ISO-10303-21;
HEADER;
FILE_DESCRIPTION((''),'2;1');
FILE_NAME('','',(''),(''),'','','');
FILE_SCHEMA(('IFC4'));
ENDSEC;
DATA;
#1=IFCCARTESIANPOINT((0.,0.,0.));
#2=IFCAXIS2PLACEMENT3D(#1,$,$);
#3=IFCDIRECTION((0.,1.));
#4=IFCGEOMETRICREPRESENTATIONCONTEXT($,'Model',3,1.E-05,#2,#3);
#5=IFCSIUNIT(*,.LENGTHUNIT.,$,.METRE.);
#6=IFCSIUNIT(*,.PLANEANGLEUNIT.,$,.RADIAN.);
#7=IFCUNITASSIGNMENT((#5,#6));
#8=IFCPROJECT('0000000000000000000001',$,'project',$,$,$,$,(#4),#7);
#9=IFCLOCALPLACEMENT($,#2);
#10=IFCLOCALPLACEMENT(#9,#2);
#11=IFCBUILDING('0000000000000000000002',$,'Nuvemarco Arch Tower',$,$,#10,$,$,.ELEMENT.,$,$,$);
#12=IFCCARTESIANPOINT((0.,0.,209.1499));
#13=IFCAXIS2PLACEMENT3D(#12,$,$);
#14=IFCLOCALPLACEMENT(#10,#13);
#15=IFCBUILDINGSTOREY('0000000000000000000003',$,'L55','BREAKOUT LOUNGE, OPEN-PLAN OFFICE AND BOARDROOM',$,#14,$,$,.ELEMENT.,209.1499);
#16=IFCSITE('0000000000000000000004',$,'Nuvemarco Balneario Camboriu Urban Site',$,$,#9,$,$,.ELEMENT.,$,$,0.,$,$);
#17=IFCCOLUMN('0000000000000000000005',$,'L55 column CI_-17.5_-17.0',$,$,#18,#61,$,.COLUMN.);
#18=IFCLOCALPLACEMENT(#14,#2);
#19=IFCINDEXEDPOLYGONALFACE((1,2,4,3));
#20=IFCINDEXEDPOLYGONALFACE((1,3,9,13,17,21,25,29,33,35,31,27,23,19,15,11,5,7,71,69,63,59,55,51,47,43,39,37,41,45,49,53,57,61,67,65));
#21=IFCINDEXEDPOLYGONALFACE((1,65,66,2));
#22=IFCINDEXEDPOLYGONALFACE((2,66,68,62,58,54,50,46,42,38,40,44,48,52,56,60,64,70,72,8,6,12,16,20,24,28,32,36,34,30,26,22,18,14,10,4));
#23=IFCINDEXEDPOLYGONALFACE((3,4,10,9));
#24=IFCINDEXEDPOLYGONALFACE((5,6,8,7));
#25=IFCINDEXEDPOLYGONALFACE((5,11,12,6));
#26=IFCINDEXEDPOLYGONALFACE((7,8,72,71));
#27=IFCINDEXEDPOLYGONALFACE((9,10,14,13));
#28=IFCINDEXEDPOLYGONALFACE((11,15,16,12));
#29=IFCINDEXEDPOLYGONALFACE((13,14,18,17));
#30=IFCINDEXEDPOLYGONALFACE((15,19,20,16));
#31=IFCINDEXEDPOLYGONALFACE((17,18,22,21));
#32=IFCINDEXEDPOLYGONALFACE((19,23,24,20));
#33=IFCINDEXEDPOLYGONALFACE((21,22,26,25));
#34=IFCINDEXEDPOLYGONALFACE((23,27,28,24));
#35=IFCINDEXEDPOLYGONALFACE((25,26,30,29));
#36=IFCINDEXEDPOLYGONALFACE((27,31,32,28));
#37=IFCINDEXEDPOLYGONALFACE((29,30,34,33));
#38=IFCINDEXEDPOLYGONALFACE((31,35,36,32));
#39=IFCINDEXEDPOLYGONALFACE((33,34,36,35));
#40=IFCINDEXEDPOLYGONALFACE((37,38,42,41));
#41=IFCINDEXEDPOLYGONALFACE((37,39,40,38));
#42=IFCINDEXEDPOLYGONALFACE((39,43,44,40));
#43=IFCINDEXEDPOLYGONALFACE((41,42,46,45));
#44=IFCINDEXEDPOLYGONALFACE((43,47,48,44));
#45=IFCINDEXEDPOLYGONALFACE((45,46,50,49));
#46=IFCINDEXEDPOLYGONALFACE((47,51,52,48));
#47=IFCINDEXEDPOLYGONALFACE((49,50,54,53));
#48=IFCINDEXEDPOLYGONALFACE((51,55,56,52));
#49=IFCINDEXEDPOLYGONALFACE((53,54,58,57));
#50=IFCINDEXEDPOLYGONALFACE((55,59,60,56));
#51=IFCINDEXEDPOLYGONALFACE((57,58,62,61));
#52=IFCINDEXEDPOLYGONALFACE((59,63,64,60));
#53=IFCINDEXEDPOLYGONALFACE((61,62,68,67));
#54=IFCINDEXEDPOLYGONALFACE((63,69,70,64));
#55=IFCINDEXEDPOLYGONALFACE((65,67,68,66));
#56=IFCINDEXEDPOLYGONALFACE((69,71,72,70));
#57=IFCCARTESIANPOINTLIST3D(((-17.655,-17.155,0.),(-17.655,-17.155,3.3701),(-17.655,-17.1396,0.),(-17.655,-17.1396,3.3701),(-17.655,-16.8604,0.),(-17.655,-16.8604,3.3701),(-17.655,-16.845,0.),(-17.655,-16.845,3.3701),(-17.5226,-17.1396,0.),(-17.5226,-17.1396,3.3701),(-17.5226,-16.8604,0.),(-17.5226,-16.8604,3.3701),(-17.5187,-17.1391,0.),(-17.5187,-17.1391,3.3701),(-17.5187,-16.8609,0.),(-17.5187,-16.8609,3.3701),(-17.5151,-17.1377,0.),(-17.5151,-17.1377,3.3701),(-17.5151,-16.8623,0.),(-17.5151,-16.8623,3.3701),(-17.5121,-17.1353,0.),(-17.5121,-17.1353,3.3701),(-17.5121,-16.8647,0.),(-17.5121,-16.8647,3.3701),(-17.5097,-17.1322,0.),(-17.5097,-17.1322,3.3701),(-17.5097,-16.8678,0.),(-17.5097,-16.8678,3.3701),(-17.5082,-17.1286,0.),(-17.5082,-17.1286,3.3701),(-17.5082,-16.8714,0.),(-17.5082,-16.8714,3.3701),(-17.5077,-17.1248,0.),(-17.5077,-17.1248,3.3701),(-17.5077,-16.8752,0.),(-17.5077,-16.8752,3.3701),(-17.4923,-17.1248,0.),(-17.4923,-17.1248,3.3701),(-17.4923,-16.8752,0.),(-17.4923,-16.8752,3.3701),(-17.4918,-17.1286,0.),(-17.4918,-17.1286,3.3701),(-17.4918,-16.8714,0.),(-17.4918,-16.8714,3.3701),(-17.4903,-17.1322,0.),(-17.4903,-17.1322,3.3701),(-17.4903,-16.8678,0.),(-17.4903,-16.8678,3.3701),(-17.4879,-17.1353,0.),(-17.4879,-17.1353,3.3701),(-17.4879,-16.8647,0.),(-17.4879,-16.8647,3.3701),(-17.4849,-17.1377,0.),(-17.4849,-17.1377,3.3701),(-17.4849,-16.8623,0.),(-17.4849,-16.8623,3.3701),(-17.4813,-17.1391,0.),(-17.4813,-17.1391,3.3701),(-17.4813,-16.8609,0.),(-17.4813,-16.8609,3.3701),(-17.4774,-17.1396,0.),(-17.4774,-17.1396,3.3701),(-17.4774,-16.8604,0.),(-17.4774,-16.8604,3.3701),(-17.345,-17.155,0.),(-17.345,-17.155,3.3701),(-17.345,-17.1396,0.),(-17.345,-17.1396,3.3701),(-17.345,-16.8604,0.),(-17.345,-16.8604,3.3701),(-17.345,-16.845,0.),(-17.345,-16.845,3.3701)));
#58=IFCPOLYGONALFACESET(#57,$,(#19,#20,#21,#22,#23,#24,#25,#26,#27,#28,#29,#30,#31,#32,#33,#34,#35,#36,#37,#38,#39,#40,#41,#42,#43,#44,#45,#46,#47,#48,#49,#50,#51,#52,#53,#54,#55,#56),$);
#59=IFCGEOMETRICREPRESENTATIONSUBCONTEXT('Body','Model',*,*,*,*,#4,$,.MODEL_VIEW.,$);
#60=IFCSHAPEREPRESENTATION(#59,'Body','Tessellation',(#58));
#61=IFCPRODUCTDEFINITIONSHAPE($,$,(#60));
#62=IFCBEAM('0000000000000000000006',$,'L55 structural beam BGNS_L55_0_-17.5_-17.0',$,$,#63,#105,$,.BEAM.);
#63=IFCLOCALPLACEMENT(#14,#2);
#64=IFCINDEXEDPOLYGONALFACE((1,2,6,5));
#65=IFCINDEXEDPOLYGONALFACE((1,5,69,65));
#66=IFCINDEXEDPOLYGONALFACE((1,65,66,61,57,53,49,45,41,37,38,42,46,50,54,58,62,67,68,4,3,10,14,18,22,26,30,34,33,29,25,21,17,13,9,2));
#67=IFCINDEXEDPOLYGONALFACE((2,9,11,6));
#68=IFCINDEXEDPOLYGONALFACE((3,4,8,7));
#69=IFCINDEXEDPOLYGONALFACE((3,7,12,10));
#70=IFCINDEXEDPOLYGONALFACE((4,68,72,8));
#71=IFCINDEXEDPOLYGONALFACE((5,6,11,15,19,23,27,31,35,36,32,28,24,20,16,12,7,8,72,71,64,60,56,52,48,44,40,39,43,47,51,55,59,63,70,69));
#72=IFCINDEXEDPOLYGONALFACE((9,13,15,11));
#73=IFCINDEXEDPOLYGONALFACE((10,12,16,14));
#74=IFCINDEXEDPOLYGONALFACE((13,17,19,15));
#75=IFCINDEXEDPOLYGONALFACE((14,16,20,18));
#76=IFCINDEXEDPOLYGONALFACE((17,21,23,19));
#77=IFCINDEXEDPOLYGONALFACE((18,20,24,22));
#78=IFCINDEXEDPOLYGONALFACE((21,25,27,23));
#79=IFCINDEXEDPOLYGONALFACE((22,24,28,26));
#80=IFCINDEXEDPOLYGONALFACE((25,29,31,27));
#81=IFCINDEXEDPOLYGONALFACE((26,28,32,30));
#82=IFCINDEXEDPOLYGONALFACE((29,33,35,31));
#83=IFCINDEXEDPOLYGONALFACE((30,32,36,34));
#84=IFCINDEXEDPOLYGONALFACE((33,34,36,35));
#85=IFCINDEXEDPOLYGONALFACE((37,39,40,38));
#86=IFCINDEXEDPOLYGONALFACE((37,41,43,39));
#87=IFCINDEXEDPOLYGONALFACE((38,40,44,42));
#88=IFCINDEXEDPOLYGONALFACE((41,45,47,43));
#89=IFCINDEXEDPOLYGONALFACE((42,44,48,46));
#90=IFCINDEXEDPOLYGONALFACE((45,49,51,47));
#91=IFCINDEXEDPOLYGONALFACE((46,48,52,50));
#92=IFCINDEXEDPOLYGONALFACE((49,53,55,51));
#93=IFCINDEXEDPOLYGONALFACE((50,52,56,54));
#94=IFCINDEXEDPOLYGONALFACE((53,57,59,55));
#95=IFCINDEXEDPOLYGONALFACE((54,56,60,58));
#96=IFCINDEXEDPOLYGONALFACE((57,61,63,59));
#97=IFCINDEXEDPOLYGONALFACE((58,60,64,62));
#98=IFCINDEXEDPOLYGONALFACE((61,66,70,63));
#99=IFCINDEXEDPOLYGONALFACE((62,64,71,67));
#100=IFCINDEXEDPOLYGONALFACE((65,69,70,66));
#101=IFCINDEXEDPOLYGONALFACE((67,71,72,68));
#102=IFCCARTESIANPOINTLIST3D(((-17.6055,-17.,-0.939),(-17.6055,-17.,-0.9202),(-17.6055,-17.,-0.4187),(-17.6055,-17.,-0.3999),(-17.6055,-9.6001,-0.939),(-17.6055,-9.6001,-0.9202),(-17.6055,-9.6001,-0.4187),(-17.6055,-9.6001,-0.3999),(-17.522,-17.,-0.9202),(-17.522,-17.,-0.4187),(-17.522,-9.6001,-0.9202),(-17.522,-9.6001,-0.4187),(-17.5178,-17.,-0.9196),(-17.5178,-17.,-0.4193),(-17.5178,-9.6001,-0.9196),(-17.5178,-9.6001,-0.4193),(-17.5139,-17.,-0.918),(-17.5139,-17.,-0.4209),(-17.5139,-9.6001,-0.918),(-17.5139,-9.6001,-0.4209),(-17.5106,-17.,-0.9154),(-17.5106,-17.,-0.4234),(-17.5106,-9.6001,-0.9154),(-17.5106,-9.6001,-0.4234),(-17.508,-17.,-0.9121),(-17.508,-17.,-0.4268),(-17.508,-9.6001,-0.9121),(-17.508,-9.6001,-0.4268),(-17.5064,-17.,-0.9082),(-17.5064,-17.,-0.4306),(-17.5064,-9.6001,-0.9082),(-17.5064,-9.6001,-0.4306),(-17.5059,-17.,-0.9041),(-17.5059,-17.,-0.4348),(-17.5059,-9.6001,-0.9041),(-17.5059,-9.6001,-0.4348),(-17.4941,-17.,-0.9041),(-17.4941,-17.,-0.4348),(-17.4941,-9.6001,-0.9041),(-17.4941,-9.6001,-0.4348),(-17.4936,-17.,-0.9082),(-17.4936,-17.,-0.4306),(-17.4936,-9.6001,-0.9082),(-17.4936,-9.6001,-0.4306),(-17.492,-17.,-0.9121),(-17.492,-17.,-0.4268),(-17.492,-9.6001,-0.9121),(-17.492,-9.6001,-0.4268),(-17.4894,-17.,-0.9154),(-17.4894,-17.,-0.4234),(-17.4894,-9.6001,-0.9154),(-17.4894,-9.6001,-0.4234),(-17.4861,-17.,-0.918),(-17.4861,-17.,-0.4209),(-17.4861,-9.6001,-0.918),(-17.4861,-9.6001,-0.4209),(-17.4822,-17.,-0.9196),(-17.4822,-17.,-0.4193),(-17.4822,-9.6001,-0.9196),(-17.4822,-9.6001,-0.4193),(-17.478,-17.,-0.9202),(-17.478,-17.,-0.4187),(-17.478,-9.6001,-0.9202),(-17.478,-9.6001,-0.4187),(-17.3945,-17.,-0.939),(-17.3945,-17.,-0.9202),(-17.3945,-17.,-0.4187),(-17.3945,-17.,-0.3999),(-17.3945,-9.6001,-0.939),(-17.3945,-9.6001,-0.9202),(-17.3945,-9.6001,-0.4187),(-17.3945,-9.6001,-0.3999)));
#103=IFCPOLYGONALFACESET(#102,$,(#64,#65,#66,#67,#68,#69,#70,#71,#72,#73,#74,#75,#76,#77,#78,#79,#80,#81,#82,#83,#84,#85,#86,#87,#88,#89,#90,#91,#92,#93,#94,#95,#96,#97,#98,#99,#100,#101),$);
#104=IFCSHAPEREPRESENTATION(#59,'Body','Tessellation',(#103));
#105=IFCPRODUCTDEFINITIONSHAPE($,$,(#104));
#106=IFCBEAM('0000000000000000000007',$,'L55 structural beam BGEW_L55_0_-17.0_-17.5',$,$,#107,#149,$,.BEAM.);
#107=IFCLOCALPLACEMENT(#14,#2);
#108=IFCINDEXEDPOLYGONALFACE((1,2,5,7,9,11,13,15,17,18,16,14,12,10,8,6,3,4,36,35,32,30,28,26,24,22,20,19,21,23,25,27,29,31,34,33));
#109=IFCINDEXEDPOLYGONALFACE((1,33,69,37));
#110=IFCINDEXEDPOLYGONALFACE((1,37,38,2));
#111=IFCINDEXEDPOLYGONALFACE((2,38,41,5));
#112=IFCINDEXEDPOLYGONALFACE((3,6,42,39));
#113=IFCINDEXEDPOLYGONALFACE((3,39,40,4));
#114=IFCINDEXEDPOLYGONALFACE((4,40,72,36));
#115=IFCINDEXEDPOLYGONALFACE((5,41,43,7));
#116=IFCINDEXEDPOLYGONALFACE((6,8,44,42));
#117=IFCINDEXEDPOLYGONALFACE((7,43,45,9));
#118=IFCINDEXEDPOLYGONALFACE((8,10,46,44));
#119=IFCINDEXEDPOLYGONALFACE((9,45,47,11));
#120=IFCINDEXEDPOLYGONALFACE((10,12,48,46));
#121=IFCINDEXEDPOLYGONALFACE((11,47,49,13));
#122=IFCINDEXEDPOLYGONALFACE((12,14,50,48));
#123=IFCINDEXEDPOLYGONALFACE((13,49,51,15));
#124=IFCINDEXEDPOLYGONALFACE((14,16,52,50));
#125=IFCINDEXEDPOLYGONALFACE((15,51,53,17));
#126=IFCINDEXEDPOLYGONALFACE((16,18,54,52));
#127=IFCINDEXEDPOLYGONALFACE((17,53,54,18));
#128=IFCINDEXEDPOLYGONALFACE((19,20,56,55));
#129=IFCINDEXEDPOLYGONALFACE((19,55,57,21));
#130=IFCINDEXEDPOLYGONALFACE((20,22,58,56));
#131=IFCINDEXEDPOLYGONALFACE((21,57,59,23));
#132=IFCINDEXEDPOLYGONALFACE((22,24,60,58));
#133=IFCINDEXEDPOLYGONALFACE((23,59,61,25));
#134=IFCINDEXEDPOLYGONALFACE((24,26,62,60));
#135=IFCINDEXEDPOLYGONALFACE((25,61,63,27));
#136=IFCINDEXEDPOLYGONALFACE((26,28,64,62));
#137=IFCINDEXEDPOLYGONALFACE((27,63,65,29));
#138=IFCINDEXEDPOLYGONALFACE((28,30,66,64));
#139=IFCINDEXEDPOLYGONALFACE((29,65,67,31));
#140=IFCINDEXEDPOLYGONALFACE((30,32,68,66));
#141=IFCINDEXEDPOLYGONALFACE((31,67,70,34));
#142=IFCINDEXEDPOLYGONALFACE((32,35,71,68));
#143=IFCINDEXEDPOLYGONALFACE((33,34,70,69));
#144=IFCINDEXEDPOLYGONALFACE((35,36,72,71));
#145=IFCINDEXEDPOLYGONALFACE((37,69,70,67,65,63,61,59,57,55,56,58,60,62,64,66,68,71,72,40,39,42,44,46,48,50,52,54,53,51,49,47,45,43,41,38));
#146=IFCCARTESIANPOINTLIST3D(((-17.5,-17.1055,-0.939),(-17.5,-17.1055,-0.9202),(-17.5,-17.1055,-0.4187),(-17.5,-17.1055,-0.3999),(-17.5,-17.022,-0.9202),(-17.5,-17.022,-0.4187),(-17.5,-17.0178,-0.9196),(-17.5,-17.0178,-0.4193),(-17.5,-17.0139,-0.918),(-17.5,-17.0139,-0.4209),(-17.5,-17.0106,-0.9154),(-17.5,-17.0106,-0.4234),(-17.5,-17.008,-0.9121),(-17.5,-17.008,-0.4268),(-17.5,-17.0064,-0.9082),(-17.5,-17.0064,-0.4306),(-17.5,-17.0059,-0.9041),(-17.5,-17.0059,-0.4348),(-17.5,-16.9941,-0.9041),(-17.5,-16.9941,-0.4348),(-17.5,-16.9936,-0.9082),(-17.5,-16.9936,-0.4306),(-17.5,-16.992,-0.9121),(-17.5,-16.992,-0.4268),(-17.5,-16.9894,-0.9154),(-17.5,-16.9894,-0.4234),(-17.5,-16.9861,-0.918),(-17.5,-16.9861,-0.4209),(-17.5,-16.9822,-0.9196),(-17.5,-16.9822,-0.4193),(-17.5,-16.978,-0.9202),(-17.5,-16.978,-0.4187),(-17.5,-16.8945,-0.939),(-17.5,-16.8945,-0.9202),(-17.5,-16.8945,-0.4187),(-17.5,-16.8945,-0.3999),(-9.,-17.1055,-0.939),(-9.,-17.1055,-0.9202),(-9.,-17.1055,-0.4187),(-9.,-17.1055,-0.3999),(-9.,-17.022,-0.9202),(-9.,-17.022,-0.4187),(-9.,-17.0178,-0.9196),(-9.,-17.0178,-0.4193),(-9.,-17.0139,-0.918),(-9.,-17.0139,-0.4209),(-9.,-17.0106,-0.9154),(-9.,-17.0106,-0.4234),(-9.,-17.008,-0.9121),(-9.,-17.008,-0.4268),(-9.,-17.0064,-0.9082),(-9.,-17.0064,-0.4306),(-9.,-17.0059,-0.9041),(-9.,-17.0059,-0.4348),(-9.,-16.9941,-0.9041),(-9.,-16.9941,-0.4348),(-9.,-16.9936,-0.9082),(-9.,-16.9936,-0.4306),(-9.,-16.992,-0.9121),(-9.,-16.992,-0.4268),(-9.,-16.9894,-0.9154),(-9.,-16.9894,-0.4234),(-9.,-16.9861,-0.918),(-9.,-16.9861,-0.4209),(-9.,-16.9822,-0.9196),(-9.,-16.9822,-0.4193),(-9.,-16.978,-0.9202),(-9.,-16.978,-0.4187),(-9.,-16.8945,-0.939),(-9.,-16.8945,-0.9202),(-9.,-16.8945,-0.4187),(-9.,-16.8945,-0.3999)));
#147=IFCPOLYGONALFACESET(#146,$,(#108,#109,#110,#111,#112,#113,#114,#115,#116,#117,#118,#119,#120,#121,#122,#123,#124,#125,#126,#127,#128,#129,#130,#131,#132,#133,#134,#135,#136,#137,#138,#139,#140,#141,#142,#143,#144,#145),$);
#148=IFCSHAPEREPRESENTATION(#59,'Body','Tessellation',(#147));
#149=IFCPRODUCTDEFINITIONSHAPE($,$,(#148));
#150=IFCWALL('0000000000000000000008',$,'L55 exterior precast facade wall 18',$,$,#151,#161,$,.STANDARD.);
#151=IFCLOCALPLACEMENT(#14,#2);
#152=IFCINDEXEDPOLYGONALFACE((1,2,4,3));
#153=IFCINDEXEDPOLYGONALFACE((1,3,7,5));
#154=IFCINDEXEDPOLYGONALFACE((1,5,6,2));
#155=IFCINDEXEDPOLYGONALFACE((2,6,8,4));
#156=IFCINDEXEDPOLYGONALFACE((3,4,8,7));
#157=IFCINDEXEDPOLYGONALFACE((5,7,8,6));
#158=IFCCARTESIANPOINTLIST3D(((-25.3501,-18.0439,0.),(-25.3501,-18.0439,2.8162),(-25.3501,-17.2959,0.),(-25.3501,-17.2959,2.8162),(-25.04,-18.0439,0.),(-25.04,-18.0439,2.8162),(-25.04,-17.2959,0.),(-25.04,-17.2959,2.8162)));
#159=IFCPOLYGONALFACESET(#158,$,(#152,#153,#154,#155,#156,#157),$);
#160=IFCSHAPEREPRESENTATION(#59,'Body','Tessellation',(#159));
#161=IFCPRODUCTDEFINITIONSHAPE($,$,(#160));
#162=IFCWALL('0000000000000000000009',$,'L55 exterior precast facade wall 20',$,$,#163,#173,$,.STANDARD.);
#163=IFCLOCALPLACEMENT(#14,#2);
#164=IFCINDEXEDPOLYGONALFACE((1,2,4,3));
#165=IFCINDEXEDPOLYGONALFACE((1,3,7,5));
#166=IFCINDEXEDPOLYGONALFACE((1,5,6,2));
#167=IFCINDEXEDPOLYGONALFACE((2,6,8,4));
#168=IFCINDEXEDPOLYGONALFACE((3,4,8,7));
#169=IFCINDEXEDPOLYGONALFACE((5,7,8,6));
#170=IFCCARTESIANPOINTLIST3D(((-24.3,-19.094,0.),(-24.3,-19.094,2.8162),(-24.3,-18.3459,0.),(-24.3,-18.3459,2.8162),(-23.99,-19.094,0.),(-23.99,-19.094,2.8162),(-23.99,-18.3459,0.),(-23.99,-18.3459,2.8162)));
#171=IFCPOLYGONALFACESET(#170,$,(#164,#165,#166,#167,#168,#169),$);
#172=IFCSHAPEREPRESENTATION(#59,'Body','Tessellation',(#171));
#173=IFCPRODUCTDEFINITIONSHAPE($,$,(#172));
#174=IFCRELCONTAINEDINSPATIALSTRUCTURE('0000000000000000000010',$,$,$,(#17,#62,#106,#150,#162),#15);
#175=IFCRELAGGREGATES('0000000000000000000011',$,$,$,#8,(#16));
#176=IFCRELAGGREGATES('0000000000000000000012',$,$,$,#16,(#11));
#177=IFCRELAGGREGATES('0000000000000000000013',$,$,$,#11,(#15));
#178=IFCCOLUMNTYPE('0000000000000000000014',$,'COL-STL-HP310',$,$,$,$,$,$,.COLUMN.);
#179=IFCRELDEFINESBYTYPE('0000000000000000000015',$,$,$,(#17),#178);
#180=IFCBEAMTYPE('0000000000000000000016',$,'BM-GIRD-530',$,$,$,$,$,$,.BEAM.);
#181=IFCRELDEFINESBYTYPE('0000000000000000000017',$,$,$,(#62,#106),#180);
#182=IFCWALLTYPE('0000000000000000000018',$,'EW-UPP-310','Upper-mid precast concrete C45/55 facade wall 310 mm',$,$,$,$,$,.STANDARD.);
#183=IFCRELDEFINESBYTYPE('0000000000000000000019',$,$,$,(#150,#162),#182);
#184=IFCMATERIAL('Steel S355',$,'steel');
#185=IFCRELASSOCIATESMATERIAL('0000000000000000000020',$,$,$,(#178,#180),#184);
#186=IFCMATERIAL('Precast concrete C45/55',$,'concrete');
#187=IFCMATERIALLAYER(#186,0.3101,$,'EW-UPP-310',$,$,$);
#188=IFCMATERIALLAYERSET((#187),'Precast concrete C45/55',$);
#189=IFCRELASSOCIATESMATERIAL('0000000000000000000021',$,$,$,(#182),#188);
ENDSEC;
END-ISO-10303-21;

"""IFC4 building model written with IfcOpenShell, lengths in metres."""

from ifc_helpers import new_model, si_unit, direction, frame, frame_2d, origin, origin_2d, place, context, subcontext, project, spatial, rectangle, i_section, extrude, material, layer, layer_set, material_profile, profile_set, type_object, element, save


model = new_model("IFC4")

# Units and contexts
model_context = context("Model", 3, precision=1e-05, world=origin(), true_north=direction((0.0, 1.0)))
body_context = subcontext(model_context, "Body", "Model", "MODEL_VIEW")
ifc_project = project(units=[si_unit("LENGTHUNIT", "METRE"), si_unit("PLANEANGLEUNIT", "RADIAN")], contexts=[model_context])

# Site, building, storey
site_placement = place(None, origin())
site = spatial("IfcSite", under=ifc_project, at=site_placement, Name="Nuvemarco Balneario Camboriu Urban Site", CompositionType="ELEMENT", RefElevation=0.0)
building_placement = place(site_placement, origin())
building = spatial("IfcBuilding", under=site, at=building_placement, Name="Nuvemarco Arch Tower", CompositionType="ELEMENT")
storey_placement = place(building_placement, frame((0.0, 0.0, 209.1499)))
storey = spatial("IfcBuildingStorey", under=building, at=storey_placement, Name="L55", Description="BREAKOUT LOUNGE, OPEN-PLAN OFFICE AND BOARDROOM", CompositionType="ELEMENT", Elevation=209.1499)

# Column
ifc_material_1 = material(Name="Steel S355", Category="steel")
ifc_material_profile_1 = material_profile(ifc_material_1, i_section(OverallWidth=0.3101, OverallDepth=0.3101, WebThickness=0.0154, FlangeThickness=0.0154, FilletRadius=0.0149, at=origin_2d()), Name="HP310x110")
ifc_profile_set_1 = profile_set([ifc_material_profile_1], Name="Steel S355")
column_type = type_object("IfcColumnType", Name="COL-STL-HP310", PredefinedType="COLUMN", material=ifc_profile_set_1)
column_placement = place(storey_placement, frame((-17.5, -17.0, 0.0), z_axis=(0.0, 0.0, 1.0), x_axis=(1.0, 0.0, 0.0)))
element("IfcColumn", 1, at=column_placement, inside=storey, type_object=column_type, Name="L55 column CI_-17.5_-17.0", PredefinedType="COLUMN", context=body_context, shape_type="SweptSolid", body=[
    extrude(i_section(OverallWidth=0.3101, OverallDepth=0.3101, WebThickness=0.0154, FlangeThickness=0.0154, FilletRadius=0.0149, at=origin_2d()), origin(), (0.0, 0.0, 1.0), 3.3701),
])

# Beams
ifc_material_profile_2 = material_profile(ifc_material_1, i_section(OverallWidth=0.2109, OverallDepth=0.5391, WebThickness=0.0117, FlangeThickness=0.0188, FilletRadius=0.0161, at=origin_2d()), Name="W530x109")
ifc_profile_set_2 = profile_set([ifc_material_profile_2], Name="Steel S355")
beam_type = type_object("IfcBeamType", Name="BM-GIRD-530", PredefinedType="BEAM", material=ifc_profile_set_2)
beam_1_placement = place(storey_placement, frame((-17.5, -17.0, -0.6694), z_axis=(0.0, 1.0, 0.0), x_axis=(-1.0, 0.0, 0.0)))
element("IfcBeam", 2, at=beam_1_placement, inside=storey, type_object=beam_type, Name="L55 structural beam BGNS_L55_0_-17.5_-17.0", PredefinedType="BEAM", context=body_context, shape_type="SweptSolid", body=[
    extrude(i_section(OverallWidth=0.2109, OverallDepth=0.5391, WebThickness=0.0117, FlangeThickness=0.0188, FilletRadius=0.0161, at=origin_2d()), origin(), (0.0, 0.0, 1.0), 7.3999),
])
beam_2_placement = place(storey_placement, frame((-17.5, -17.0, -0.6694), z_axis=(1.0, 0.0, 0.0), x_axis=(0.0, 1.0, 0.0)))
element("IfcBeam", 3, at=beam_2_placement, inside=storey, type_object=beam_type, Name="L55 structural beam BGEW_L55_0_-17.0_-17.5", PredefinedType="BEAM", context=body_context, shape_type="SweptSolid", body=[
    extrude(i_section(OverallWidth=0.2109, OverallDepth=0.5391, WebThickness=0.0117, FlangeThickness=0.0188, FilletRadius=0.0161, at=origin_2d()), origin(), (0.0, 0.0, 1.0), 8.5),
])

# Shared definitions
ifc_material_2 = material(Name="Precast concrete C45/55", Category="concrete")
ifc_layer_1 = layer(ifc_material_2, 0.3101, Name="EW-UPP-310")
ifc_layer_set_1 = layer_set([ifc_layer_1], Name="Precast concrete C45/55")
wall_type_1 = type_object("IfcWallType", Name="EW-UPP-310", Description="Upper-mid precast concrete C45/55 facade wall 310 mm", PredefinedType="STANDARD", material=ifc_layer_set_1)

# Walls
for number, where, z_axis, x_axis, name in (
    (4, (-25.1951, -18.0439, 0.0), (0.0, 0.0, 1.0), (0.0, 1.0, 0.0), "L55 exterior precast facade wall 18"),
    (5, (-24.145, -19.094, 0.0), (0.0, 0.0, 1.0), (0.0, 1.0, 0.0), "L55 exterior precast facade wall 20"),
):
    element("IfcWall", number, at=place(storey_placement, frame(where, z_axis=z_axis, x_axis=x_axis)), inside=storey, type_object=wall_type_1, Name=name, PredefinedType="STANDARD", context=body_context, shape_type="SweptSolid", body=[
        extrude(rectangle(XDim=0.748, YDim=0.3101, at=frame_2d((0.374, 0.0))), origin(), (0.0, 0.0, 1.0), 2.8162),
    ])

save(model, "model.ifc")
